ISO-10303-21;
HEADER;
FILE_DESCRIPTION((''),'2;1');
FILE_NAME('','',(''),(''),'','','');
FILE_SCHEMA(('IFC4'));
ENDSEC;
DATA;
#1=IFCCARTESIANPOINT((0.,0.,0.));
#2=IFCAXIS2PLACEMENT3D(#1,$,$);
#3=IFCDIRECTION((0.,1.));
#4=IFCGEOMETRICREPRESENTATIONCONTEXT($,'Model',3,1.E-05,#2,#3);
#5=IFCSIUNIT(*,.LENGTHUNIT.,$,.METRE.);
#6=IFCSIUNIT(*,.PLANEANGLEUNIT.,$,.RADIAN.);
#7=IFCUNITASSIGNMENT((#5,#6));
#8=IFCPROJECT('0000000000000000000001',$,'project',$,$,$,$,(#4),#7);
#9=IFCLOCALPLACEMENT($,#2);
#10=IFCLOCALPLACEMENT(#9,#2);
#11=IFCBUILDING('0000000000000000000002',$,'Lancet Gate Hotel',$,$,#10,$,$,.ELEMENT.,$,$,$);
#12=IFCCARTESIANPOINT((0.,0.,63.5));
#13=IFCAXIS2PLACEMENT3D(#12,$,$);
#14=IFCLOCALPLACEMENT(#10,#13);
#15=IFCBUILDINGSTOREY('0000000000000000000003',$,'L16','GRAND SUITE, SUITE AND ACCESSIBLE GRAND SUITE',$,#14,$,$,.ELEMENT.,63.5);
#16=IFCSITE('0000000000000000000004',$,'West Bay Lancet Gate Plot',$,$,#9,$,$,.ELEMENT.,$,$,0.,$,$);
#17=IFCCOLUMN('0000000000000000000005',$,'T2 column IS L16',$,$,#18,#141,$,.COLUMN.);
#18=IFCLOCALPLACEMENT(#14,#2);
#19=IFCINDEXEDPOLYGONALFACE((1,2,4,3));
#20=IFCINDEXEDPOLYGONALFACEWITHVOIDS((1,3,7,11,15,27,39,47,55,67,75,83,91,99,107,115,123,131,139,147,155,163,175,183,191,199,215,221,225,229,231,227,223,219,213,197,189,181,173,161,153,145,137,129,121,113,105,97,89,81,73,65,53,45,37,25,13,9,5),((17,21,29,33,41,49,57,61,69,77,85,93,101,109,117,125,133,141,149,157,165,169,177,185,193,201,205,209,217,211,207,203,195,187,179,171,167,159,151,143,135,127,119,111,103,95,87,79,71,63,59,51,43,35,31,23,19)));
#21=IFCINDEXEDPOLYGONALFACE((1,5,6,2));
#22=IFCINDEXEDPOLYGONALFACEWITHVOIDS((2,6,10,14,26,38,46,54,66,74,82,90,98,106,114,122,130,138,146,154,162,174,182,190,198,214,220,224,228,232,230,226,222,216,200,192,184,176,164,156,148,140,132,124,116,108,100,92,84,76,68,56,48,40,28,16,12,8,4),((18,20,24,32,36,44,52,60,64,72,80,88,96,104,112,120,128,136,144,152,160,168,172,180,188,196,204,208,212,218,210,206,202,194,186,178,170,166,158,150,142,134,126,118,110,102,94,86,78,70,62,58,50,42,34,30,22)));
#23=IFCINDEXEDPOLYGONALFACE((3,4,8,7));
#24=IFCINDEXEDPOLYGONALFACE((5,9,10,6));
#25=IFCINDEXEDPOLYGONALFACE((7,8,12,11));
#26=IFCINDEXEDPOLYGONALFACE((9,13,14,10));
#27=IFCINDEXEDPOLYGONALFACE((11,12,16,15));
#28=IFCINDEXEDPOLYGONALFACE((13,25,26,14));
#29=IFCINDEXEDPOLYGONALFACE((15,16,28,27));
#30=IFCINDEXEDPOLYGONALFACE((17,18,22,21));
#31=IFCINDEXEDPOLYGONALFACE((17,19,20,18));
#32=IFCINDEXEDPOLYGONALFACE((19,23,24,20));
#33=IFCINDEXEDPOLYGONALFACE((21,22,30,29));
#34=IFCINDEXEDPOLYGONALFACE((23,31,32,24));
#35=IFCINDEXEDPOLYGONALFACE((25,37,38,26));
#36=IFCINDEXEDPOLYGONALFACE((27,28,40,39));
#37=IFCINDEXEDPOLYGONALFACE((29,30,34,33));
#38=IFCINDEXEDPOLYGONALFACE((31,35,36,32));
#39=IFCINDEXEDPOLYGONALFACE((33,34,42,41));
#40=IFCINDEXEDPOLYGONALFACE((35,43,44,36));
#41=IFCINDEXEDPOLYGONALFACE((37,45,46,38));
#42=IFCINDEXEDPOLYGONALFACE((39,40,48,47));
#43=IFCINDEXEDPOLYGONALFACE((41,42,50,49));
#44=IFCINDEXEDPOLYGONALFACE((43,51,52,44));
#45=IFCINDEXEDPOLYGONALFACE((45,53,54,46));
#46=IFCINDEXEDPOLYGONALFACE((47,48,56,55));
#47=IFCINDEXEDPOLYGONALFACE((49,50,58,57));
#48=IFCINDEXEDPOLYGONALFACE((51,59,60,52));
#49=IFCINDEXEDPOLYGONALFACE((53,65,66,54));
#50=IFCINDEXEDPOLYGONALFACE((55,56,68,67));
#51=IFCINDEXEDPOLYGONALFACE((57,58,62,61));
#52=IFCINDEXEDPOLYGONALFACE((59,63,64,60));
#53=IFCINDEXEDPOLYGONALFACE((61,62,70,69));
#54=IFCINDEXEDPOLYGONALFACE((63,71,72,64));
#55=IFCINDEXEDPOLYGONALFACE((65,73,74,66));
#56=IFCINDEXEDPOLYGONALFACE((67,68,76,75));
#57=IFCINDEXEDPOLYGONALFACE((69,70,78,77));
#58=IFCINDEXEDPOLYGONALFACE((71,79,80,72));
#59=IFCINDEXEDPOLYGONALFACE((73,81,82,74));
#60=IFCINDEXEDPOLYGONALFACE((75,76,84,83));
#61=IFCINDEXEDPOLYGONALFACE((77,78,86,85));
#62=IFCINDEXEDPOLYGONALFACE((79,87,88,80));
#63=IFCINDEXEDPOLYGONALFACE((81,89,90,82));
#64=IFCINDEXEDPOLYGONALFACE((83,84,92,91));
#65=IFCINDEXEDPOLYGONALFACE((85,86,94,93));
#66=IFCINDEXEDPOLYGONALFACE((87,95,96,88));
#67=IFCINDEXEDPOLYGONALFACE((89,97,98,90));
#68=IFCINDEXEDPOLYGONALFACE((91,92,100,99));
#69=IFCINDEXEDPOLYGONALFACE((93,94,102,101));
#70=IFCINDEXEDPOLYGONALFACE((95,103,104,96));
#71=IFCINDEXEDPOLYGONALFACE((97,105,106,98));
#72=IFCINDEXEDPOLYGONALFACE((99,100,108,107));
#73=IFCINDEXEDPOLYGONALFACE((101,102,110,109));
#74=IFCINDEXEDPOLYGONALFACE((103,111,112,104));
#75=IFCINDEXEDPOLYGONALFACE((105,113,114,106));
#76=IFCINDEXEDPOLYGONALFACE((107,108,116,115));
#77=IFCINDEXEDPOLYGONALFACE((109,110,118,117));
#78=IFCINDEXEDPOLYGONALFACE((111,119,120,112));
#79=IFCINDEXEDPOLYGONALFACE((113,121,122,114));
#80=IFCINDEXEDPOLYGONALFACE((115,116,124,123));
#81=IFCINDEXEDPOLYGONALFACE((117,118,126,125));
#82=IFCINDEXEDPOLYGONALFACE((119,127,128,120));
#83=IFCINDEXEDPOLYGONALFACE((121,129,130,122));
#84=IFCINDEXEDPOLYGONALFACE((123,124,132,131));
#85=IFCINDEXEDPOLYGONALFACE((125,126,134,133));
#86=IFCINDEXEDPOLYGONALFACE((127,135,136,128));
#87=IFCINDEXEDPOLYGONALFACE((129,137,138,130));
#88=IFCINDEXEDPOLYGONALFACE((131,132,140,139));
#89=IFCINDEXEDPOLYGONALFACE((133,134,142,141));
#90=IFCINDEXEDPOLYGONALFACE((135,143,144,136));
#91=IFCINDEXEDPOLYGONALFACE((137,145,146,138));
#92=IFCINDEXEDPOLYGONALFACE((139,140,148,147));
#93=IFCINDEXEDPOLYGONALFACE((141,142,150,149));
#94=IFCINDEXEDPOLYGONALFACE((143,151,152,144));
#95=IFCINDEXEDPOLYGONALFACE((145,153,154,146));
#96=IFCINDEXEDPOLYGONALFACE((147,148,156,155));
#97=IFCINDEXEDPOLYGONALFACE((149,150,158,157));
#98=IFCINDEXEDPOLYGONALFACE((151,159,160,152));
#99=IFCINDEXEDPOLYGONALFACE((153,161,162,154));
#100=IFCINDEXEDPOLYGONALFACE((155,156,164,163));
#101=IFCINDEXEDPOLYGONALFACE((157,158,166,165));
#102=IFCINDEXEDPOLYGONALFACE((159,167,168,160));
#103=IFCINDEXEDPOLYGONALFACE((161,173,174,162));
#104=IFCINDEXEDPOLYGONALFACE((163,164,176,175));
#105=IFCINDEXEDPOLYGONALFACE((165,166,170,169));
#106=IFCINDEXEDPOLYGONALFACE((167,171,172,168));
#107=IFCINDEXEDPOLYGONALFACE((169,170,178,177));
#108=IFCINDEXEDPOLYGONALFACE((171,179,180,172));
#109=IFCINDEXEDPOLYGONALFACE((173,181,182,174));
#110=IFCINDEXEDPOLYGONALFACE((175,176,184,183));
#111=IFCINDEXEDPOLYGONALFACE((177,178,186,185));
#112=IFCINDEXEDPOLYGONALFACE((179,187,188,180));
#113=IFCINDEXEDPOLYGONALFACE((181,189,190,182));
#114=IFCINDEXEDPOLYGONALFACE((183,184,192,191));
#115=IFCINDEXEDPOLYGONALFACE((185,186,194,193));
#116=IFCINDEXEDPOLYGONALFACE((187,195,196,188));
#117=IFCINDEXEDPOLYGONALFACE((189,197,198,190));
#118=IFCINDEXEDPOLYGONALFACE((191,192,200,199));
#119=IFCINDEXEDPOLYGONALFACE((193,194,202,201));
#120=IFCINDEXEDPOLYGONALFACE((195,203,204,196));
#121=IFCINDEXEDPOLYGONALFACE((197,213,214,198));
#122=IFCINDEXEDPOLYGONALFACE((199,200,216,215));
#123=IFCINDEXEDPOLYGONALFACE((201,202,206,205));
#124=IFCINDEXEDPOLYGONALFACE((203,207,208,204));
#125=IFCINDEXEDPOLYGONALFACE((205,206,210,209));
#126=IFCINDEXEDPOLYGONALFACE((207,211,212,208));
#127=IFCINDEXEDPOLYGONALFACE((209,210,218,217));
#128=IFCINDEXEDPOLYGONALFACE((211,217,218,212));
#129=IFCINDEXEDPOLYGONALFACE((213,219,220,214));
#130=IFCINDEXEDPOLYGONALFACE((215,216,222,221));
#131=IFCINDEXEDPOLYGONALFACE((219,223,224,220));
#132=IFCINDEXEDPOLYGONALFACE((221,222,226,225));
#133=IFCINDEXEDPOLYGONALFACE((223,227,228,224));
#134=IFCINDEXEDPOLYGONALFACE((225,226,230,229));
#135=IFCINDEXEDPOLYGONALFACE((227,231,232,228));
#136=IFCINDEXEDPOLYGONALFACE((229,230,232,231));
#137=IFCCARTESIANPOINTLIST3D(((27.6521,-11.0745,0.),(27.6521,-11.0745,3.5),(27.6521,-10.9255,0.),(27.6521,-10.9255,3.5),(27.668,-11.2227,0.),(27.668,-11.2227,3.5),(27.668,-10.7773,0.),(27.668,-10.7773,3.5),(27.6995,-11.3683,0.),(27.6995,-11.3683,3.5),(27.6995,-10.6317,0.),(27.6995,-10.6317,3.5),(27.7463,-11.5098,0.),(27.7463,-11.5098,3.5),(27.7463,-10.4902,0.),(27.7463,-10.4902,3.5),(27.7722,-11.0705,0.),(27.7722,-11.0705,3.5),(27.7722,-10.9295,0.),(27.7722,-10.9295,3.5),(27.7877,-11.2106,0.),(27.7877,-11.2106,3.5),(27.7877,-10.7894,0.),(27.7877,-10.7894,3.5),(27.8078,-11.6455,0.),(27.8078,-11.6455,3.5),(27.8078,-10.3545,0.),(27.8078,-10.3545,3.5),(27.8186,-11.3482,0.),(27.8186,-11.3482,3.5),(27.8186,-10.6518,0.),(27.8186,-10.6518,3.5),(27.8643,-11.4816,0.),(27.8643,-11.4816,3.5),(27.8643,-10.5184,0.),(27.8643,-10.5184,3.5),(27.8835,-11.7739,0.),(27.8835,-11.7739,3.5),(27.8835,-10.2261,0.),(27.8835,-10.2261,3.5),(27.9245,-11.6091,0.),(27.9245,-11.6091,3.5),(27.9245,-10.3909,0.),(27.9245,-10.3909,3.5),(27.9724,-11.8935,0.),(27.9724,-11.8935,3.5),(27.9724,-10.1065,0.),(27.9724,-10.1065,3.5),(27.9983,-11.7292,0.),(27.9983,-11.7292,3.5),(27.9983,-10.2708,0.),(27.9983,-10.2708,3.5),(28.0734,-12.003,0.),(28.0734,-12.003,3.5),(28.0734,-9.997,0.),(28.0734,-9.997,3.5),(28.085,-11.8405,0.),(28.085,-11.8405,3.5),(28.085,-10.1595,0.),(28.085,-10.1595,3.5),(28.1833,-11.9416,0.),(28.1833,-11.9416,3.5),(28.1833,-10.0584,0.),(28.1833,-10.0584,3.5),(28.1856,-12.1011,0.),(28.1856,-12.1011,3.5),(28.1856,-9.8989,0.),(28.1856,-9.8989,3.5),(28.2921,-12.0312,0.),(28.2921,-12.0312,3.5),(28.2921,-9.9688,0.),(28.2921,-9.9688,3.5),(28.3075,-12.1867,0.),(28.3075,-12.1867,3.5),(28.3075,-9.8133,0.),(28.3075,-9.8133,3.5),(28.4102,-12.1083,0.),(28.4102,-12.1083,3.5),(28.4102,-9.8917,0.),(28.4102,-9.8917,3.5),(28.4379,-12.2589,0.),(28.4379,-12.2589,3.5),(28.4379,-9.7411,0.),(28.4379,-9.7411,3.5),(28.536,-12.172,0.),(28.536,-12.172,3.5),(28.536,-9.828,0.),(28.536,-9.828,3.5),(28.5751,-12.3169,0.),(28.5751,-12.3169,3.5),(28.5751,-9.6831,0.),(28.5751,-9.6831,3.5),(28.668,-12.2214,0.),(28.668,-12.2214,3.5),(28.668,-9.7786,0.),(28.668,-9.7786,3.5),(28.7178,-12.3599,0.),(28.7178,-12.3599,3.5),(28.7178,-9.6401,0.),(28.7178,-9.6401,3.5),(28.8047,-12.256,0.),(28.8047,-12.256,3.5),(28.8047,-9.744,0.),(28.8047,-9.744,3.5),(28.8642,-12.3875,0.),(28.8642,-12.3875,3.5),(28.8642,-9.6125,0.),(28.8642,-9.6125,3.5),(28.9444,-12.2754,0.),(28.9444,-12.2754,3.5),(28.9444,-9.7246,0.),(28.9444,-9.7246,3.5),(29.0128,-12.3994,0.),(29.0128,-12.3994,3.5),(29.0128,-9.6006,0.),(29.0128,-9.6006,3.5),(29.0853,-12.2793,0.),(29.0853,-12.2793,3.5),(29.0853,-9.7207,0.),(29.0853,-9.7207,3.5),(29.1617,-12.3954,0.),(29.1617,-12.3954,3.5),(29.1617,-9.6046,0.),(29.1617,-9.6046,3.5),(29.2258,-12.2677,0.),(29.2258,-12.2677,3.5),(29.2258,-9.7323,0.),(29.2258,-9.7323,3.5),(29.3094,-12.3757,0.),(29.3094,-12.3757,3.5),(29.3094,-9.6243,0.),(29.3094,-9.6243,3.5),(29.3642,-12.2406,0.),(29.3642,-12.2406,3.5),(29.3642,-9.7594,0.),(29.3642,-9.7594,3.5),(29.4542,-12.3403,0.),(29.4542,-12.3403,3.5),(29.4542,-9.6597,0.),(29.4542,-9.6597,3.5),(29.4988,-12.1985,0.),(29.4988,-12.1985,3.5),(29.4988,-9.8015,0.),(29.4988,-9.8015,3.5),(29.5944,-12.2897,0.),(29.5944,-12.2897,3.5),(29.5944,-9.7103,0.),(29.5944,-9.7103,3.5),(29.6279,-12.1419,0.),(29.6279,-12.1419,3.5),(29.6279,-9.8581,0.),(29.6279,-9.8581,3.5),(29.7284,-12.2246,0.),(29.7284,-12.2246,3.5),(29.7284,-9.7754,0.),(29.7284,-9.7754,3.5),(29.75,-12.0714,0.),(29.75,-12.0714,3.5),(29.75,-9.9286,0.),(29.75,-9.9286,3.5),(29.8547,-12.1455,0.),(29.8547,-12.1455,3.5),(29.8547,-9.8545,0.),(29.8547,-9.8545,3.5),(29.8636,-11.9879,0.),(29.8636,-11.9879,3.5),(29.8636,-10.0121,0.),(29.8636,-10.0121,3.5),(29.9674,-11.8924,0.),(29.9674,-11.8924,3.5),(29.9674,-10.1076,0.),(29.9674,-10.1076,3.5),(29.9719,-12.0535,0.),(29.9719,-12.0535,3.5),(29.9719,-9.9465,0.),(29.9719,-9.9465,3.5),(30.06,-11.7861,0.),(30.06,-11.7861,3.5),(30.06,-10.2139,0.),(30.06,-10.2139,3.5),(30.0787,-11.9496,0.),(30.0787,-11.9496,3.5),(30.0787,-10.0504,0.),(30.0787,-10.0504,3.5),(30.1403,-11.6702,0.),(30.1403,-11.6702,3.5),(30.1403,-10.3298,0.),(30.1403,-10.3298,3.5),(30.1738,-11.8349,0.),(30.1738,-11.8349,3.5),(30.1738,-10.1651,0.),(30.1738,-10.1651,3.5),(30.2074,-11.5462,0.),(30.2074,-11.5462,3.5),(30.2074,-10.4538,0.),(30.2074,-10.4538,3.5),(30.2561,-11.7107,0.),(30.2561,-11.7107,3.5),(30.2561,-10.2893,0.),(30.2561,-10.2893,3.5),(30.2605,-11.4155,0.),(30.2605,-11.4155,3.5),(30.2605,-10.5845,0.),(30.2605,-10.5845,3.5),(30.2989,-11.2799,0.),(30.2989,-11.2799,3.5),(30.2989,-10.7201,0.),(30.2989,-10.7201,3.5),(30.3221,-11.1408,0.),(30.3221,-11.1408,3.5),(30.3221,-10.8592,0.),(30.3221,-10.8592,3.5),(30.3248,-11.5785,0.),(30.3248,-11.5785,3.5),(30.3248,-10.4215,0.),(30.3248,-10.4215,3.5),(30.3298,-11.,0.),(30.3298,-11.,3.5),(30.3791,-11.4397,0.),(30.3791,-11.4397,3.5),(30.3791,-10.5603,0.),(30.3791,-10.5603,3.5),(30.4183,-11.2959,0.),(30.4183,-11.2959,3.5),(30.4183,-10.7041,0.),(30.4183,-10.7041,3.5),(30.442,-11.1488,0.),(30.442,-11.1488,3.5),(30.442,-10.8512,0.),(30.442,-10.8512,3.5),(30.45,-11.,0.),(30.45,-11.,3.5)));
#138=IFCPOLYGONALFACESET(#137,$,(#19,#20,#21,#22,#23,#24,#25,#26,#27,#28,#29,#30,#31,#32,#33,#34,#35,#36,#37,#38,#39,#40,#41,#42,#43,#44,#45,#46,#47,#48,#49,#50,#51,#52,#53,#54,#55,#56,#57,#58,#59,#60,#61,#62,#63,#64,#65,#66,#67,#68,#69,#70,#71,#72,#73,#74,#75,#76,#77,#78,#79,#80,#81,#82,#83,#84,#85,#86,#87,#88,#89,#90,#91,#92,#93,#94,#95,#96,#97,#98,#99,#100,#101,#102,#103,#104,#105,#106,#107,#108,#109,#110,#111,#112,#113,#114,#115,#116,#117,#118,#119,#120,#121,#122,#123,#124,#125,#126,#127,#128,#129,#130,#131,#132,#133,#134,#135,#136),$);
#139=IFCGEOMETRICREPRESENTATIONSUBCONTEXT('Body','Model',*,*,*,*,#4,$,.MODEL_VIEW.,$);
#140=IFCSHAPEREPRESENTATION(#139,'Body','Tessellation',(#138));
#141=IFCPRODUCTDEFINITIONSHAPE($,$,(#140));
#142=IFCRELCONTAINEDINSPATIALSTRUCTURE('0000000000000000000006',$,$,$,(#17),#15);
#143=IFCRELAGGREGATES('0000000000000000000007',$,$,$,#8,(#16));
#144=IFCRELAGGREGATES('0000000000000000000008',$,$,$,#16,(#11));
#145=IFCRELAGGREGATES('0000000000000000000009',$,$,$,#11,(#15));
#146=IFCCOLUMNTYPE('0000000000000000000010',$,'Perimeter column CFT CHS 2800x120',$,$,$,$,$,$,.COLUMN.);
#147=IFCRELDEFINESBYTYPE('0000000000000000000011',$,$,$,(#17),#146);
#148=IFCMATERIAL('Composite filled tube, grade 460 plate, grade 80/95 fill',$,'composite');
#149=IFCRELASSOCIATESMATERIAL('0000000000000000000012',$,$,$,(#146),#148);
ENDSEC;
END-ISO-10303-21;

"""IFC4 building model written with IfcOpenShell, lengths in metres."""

from ifc_helpers import new_model, si_unit, direction, frame, origin, origin_2d, place, context, subcontext, project, spatial, hollow_circle, extrude, material, material_profile, profile_set, type_object, element, save


model = new_model("IFC4")

# Units and contexts
model_context = context("Model", 3, precision=1e-05, world=origin(), true_north=direction((0.0, 1.0)))
body_context = subcontext(model_context, "Body", "Model", "MODEL_VIEW")
ifc_project = project(units=[si_unit("LENGTHUNIT", "METRE"), si_unit("PLANEANGLEUNIT", "RADIAN")], contexts=[model_context])

# Site, building, storey
site_placement = place(None, origin())
site = spatial("IfcSite", under=ifc_project, at=site_placement, Name="West Bay Lancet Gate Plot", CompositionType="ELEMENT", RefElevation=0.0)
building_placement = place(site_placement, origin())
building = spatial("IfcBuilding", under=site, at=building_placement, Name="Lancet Gate Hotel", CompositionType="ELEMENT")
storey_placement = place(building_placement, frame((0.0, 0.0, 63.5)))
storey = spatial("IfcBuildingStorey", under=building, at=storey_placement, Name="L16", Description="GRAND SUITE, SUITE AND ACCESSIBLE GRAND SUITE", CompositionType="ELEMENT", Elevation=63.5)

# Column
ifc_material_1 = material(Name="Composite filled tube, grade 460 plate, grade 80/95 fill", Category="composite")
ifc_material_profile_1 = material_profile(ifc_material_1, hollow_circle(Radius=1.3999, WallThickness=0.1201, at=origin_2d()), Name="CHS 2800x120")
ifc_profile_set_1 = profile_set([ifc_material_profile_1], Name="Composite filled tube, grade 460 plate, grade 80/95 fill")
column_type = type_object("IfcColumnType", Name="Perimeter column CFT CHS 2800x120", PredefinedType="COLUMN", material=ifc_profile_set_1)
for number, where, z_axis, x_axis, name in (
    (1, (29.05, -11.0, 0.0), (0.0, 0.0, 1.0), (1.0, 0.0, 0.0), "T2 column IS L16"),
):
    element("IfcColumn", number, at=place(storey_placement, frame(where, z_axis=z_axis, x_axis=x_axis)), inside=storey, type_object=column_type, Name=name, PredefinedType="COLUMN", context=body_context, shape_type="SweptSolid", body=[
        extrude(hollow_circle(Radius=1.3999, WallThickness=0.1201, at=origin_2d()), origin(), (0.0, 0.0, 1.0), 3.5),
    ])

save(model, "model.ifc")
